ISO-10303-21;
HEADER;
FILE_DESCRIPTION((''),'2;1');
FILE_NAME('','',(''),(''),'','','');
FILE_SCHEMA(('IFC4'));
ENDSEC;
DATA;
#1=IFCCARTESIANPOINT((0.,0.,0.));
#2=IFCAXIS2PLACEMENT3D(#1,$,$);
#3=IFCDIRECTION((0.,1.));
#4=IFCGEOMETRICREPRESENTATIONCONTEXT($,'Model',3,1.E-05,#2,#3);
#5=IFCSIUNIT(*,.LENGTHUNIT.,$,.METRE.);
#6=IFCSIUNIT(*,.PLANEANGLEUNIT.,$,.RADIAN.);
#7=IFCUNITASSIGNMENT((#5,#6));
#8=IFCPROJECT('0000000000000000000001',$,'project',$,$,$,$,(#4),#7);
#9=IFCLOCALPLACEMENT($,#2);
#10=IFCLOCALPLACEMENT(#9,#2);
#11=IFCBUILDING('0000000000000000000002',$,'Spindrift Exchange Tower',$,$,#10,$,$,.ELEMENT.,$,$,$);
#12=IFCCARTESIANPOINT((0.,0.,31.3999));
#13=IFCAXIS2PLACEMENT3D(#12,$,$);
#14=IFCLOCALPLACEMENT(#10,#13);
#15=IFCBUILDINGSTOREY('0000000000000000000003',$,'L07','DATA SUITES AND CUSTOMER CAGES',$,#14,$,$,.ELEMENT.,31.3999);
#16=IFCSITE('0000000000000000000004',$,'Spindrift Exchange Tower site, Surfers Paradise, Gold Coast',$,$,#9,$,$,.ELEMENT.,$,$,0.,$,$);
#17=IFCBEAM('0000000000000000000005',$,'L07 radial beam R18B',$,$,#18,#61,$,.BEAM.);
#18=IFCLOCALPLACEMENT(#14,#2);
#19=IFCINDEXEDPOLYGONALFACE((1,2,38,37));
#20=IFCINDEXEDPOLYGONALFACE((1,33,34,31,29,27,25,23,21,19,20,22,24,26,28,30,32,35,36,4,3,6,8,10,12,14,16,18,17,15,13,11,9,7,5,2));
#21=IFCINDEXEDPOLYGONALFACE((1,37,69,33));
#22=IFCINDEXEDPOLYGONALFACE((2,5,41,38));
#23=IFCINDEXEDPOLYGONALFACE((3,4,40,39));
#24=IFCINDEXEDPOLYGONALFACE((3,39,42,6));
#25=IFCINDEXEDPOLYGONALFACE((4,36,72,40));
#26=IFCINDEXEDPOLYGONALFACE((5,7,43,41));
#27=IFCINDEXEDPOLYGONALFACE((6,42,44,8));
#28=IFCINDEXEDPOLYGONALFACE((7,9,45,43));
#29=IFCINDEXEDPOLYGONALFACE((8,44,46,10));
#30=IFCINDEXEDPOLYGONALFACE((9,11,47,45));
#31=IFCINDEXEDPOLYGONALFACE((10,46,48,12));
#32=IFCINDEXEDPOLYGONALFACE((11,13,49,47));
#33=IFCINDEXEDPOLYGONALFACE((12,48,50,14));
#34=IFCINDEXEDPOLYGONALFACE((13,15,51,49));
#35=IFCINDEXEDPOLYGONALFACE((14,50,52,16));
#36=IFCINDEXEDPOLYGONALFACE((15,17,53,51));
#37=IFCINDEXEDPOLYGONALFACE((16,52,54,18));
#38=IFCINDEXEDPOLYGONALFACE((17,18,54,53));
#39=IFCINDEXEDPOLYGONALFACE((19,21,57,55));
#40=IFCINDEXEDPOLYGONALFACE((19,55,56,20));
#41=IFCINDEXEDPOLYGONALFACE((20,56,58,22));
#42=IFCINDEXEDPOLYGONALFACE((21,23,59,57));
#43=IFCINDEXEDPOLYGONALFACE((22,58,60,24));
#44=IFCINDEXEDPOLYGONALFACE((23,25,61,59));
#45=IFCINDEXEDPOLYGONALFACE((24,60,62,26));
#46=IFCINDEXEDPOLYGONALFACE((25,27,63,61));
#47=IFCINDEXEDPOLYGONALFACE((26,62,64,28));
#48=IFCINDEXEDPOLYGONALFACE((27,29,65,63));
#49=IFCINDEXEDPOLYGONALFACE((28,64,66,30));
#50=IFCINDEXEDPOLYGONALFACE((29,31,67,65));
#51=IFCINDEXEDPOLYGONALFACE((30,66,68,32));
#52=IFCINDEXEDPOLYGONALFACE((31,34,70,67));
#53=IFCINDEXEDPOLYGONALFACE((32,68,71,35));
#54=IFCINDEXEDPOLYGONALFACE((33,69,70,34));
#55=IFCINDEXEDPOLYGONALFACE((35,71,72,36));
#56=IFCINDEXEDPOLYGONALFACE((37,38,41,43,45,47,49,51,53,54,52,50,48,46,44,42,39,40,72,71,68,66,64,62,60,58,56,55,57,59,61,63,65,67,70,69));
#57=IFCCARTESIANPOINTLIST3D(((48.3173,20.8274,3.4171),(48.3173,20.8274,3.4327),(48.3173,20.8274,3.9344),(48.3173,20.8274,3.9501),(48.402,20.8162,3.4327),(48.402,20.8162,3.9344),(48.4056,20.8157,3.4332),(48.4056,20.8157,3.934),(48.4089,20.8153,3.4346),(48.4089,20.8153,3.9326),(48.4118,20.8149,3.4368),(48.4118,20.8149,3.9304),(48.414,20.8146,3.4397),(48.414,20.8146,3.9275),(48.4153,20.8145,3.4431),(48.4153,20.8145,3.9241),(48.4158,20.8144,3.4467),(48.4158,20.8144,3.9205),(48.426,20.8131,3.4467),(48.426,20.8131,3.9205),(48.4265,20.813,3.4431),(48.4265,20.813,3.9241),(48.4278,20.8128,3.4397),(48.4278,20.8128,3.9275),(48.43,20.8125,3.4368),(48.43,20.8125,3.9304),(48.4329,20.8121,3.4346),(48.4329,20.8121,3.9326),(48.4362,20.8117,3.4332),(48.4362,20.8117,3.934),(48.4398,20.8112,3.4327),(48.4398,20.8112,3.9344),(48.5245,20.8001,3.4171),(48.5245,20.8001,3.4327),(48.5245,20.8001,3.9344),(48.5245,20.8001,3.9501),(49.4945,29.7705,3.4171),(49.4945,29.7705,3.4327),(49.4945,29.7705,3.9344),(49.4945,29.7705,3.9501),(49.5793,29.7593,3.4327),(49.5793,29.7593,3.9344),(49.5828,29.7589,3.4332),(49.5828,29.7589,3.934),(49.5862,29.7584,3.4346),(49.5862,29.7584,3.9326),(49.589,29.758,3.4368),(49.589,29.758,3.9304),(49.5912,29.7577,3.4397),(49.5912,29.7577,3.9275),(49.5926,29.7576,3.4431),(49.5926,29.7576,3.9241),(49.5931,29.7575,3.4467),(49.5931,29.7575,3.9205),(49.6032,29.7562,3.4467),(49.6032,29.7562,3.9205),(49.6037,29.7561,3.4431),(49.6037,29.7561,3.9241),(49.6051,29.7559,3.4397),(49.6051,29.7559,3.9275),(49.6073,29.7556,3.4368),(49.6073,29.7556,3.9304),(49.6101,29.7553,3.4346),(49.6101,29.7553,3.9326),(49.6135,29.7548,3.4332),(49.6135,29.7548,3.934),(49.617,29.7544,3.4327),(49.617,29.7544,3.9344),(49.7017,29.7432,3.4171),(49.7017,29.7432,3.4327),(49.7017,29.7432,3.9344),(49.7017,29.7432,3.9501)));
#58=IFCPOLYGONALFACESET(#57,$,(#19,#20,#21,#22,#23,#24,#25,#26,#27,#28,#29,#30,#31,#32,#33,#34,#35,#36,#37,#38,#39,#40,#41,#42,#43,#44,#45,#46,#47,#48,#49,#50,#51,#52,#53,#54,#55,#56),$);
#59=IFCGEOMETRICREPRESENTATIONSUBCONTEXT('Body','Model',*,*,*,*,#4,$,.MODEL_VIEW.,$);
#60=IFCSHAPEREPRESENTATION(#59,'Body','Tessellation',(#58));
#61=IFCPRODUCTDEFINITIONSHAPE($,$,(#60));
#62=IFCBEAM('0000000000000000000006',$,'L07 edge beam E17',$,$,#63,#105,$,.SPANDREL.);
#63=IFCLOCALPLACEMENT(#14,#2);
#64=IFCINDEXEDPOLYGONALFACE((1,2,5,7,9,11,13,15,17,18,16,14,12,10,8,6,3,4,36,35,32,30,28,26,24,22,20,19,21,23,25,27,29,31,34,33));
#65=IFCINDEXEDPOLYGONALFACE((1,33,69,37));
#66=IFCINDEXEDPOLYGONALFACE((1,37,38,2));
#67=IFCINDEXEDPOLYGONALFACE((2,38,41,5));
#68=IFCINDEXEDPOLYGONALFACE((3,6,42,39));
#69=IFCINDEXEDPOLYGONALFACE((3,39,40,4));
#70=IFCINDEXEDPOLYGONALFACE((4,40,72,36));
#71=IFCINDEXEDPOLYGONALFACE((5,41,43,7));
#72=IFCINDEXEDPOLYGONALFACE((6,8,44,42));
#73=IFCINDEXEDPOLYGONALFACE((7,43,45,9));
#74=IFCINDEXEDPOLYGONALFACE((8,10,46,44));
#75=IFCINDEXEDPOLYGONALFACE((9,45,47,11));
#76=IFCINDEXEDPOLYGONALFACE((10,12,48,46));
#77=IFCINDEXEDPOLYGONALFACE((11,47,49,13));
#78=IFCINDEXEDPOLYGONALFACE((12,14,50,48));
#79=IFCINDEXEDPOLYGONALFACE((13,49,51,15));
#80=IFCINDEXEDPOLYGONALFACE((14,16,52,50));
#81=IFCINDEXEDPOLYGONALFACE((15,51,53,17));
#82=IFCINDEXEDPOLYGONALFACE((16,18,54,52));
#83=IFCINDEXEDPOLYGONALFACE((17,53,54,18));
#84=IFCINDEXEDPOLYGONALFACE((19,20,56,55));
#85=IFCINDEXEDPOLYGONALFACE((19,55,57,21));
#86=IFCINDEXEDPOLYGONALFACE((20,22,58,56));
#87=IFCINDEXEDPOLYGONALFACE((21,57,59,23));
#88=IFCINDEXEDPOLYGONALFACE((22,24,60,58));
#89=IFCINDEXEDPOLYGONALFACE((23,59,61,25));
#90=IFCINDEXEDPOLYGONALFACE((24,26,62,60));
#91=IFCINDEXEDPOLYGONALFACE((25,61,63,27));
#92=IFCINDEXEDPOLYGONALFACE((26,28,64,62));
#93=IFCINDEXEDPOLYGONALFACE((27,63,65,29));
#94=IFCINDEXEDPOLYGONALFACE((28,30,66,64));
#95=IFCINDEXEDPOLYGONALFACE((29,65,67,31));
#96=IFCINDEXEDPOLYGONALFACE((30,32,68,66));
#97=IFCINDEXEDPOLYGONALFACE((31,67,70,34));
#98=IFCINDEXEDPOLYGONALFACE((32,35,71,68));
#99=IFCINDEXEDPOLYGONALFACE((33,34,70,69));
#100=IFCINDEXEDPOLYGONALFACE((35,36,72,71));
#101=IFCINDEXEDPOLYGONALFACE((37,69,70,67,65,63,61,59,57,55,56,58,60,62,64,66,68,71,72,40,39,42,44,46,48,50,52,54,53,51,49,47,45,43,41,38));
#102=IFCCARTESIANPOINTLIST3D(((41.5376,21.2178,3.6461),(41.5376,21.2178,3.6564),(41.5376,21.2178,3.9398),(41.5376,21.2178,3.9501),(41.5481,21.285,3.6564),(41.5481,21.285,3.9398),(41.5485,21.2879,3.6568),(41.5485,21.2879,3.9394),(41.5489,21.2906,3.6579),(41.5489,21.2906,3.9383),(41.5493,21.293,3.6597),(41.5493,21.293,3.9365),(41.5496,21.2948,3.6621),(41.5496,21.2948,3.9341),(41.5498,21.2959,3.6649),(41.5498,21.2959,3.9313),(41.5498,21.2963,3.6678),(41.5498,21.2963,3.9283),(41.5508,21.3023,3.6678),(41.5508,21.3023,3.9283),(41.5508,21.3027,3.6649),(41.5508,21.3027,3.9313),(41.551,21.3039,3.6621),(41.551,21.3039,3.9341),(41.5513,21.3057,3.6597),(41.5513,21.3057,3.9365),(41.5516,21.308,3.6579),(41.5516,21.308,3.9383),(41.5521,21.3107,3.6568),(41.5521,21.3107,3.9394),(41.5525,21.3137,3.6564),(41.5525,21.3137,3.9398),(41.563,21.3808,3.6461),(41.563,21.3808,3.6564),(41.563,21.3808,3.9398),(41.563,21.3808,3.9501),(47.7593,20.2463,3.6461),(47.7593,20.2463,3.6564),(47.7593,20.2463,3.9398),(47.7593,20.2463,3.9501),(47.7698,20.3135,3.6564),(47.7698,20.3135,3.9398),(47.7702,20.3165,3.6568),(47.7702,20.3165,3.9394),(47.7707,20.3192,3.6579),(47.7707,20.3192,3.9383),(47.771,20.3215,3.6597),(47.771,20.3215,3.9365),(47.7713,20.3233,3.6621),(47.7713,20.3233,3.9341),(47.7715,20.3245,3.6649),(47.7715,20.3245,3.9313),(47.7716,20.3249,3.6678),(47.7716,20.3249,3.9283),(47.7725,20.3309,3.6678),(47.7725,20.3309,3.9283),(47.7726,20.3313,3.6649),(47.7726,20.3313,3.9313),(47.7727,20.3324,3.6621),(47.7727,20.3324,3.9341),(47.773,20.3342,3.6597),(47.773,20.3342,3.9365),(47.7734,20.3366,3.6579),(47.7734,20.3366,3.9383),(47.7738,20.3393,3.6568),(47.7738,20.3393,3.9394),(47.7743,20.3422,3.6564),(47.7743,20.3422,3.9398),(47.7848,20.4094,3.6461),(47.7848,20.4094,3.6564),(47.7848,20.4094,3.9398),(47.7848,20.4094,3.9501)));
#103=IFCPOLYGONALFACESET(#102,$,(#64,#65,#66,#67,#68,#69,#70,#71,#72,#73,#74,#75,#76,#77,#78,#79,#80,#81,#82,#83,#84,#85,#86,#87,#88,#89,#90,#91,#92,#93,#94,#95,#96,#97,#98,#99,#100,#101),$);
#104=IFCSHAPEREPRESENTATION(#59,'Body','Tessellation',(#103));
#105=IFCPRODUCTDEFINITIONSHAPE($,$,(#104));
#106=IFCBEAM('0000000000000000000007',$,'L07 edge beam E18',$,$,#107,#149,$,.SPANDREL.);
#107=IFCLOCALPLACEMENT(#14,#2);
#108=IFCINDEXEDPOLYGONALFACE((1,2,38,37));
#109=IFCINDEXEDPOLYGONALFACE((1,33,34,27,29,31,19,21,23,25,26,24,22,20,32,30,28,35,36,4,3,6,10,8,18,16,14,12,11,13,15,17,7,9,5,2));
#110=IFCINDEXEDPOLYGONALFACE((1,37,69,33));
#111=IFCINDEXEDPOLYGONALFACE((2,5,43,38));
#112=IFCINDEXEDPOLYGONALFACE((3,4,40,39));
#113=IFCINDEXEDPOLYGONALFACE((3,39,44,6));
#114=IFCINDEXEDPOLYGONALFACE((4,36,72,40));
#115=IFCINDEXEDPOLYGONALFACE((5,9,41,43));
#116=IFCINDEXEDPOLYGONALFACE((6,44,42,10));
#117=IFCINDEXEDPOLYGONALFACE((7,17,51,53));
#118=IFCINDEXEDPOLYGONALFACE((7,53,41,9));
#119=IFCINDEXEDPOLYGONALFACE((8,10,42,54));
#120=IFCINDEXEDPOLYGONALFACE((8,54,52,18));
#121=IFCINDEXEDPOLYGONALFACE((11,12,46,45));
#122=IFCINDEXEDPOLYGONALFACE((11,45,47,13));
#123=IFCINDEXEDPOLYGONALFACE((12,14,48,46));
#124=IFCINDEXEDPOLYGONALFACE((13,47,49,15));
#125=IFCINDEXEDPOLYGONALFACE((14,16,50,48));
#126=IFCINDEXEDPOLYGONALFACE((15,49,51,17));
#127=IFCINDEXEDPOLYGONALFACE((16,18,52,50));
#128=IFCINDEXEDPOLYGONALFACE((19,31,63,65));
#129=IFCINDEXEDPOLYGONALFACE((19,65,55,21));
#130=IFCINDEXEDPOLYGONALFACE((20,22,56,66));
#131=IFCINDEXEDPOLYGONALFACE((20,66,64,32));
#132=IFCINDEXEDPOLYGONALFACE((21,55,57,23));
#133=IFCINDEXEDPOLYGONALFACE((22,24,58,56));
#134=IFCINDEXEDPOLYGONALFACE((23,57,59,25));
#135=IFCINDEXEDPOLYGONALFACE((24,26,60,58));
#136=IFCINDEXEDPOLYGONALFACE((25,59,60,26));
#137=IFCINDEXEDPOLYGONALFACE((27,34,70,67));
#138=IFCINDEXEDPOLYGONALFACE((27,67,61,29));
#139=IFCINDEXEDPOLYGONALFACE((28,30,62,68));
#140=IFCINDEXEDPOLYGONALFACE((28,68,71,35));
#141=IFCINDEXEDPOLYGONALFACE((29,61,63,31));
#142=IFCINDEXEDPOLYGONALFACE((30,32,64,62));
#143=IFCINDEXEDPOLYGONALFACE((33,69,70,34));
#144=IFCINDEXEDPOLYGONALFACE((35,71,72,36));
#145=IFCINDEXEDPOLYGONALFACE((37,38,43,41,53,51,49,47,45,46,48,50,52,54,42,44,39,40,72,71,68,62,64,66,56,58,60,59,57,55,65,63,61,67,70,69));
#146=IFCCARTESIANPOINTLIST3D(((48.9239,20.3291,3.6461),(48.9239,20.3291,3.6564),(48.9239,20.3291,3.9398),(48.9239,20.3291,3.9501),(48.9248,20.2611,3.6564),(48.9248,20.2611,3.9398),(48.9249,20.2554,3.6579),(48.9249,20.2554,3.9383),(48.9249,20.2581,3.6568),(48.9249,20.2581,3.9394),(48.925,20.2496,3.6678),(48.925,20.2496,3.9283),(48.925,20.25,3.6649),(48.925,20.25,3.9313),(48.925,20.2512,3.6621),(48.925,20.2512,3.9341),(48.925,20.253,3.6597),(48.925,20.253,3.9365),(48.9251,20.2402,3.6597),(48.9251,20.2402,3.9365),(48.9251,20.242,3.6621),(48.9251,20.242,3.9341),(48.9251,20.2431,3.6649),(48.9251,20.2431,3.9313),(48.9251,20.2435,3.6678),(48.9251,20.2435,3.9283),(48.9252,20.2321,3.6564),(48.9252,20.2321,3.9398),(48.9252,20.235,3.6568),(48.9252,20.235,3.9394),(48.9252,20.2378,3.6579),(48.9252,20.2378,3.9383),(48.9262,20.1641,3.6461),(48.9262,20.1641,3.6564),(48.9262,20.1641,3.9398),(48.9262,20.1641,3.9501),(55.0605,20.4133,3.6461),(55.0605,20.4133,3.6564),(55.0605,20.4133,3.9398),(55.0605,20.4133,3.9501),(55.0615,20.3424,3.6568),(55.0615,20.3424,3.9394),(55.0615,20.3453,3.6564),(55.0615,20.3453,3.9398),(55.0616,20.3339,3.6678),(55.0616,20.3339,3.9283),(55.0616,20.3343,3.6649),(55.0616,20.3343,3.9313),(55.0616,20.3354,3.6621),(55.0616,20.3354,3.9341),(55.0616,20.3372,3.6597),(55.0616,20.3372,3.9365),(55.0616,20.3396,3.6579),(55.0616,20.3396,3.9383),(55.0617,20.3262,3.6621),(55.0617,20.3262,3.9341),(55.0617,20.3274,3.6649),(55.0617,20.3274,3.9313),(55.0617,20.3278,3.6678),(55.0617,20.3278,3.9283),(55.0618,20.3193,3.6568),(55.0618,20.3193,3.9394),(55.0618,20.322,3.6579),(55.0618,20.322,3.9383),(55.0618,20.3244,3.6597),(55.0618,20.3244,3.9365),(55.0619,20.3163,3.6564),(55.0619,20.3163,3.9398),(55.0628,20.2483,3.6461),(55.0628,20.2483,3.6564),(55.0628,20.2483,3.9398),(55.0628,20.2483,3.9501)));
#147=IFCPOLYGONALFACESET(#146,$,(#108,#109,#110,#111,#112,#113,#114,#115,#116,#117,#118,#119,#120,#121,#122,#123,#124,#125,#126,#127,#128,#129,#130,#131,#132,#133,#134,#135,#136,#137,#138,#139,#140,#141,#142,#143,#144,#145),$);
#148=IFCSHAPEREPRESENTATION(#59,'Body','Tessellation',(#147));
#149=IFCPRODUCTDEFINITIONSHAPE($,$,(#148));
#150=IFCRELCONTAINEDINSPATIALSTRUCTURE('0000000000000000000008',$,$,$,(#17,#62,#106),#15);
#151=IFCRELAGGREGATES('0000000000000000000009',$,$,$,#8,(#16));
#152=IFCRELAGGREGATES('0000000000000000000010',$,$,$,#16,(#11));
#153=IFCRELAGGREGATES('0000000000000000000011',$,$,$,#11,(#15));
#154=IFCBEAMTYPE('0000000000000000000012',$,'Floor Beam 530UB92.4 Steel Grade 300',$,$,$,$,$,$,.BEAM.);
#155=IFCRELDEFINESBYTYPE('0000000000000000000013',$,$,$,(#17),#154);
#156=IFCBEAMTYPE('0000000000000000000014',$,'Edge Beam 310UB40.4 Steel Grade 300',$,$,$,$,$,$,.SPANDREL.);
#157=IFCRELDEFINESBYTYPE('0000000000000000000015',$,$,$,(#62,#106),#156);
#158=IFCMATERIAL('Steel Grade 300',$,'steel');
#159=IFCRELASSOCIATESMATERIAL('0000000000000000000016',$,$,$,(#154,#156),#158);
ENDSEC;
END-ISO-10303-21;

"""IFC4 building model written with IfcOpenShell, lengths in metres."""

from ifc_helpers import new_model, si_unit, direction, frame, origin, origin_2d, place, context, subcontext, project, spatial, i_section, extrude, source, transform, mapped, material, material_profile, profile_set, type_object, element, save


model = new_model("IFC4")

# Units and contexts
model_context = context("Model", 3, precision=1e-05, world=origin(), true_north=direction((0.0, 1.0)))
body_context = subcontext(model_context, "Body", "Model", "MODEL_VIEW")
ifc_project = project(units=[si_unit("LENGTHUNIT", "METRE"), si_unit("PLANEANGLEUNIT", "RADIAN")], contexts=[model_context])

# Site, building, storey
site_placement = place(None, origin())
site = spatial("IfcSite", under=ifc_project, at=site_placement, Name="Spindrift Exchange Tower site, Surfers Paradise, Gold Coast", CompositionType="ELEMENT", RefElevation=0.0)
building_placement = place(site_placement, origin())
building = spatial("IfcBuilding", under=site, at=building_placement, Name="Spindrift Exchange Tower", CompositionType="ELEMENT")
storey_placement = place(building_placement, frame((0.0, 0.0, 31.3999)))
storey = spatial("IfcBuildingStorey", under=building, at=storey_placement, Name="L07", Description="DATA SUITES AND CUSTOMER CAGES", CompositionType="ELEMENT", Elevation=31.3999)

# Beams
ifc_material_1 = material(Name="Steel Grade 300", Category="steel")
ifc_material_profile_1 = material_profile(ifc_material_1, i_section(OverallWidth=0.209, OverallDepth=0.533, WebThickness=0.0103, FlangeThickness=0.0156, FilletRadius=0.0139, at=origin_2d()), Name="530UB92.4")
ifc_profile_set_1 = profile_set([ifc_material_profile_1], Name="Steel Grade 300")
beam_type_1 = type_object("IfcBeamType", Name="Floor Beam 530UB92.4 Steel Grade 300", PredefinedType="BEAM", material=ifc_profile_set_1)
shared_shape_1 = source(origin(), body_context, "Body", "SweptSolid", [
    extrude(i_section(OverallWidth=0.209, OverallDepth=0.533, WebThickness=0.0103, FlangeThickness=0.0156, FilletRadius=0.0139, at=origin_2d()), origin(), (0.0, 0.0, 1.0), 9.0203),
])
beam_1_placement = place(storey_placement, frame((49.5981, 29.7568, 3.6836), z_axis=(-0.130511, -0.991447, 0.0), x_axis=(0.991447, -0.130511, 0.0)))
element("IfcBeam", 1, at=beam_1_placement, inside=storey, type_object=beam_type_1, Name="L07 radial beam R18B", PredefinedType="BEAM", context=body_context, shape_type="MappedRepresentation", body=[
    mapped(shared_shape_1, transform((0.0, 0.0, 0.0), scale=1.0)),
])
ifc_material_profile_2 = material_profile(ifc_material_1, i_section(OverallWidth=0.165, OverallDepth=0.304, WebThickness=0.0061, FlangeThickness=0.0103, FilletRadius=0.0115, at=origin_2d()), Name="310UB40.4")
ifc_profile_set_2 = profile_set([ifc_material_profile_2], Name="Steel Grade 300")
beam_type_2 = type_object("IfcBeamType", Name="Edge Beam 310UB40.4 Steel Grade 300", PredefinedType="SPANDREL", material=ifc_profile_set_2)
shared_shape_2 = source(origin(), body_context, "Body", "SweptSolid", [
    extrude(i_section(OverallWidth=0.165, OverallDepth=0.304, WebThickness=0.0061, FlangeThickness=0.0103, FilletRadius=0.0115, at=origin_2d()), origin(), (0.0, 0.0, 1.0), 6.2971),
])
beam_2_placement = place(storey_placement, frame((41.5503, 21.2993, 3.7981), z_axis=(0.988029, -0.154268, 0.0), x_axis=(0.154268, 0.988029, 0.0)))
element("IfcBeam", 2, at=beam_2_placement, inside=storey, type_object=beam_type_2, Name="L07 edge beam E17", PredefinedType="SPANDREL", context=body_context, shape_type="MappedRepresentation", body=[
    mapped(shared_shape_2, transform((0.0, 0.0, 0.0), scale=1.0)),
])
shared_shape_3 = source(origin(), body_context, "Body", "SweptSolid", [
    extrude(i_section(OverallWidth=0.165, OverallDepth=0.304, WebThickness=0.0061, FlangeThickness=0.0103, FilletRadius=0.0115, at=origin_2d()), origin(), (0.0, 0.0, 1.0), 6.1372),
])
beam_3_placement = place(storey_placement, frame((48.925, 20.2466, 3.7981), z_axis=(0.999906, 0.013724, 0.0), x_axis=(-0.013724, 0.999906, 0.0)))
element("IfcBeam", 3, at=beam_3_placement, inside=storey, type_object=beam_type_2, Name="L07 edge beam E18", PredefinedType="SPANDREL", context=body_context, shape_type="MappedRepresentation", body=[
    mapped(shared_shape_3, transform((0.0, 0.0, 0.0), scale=1.0)),
])

save(model, "model.ifc")
